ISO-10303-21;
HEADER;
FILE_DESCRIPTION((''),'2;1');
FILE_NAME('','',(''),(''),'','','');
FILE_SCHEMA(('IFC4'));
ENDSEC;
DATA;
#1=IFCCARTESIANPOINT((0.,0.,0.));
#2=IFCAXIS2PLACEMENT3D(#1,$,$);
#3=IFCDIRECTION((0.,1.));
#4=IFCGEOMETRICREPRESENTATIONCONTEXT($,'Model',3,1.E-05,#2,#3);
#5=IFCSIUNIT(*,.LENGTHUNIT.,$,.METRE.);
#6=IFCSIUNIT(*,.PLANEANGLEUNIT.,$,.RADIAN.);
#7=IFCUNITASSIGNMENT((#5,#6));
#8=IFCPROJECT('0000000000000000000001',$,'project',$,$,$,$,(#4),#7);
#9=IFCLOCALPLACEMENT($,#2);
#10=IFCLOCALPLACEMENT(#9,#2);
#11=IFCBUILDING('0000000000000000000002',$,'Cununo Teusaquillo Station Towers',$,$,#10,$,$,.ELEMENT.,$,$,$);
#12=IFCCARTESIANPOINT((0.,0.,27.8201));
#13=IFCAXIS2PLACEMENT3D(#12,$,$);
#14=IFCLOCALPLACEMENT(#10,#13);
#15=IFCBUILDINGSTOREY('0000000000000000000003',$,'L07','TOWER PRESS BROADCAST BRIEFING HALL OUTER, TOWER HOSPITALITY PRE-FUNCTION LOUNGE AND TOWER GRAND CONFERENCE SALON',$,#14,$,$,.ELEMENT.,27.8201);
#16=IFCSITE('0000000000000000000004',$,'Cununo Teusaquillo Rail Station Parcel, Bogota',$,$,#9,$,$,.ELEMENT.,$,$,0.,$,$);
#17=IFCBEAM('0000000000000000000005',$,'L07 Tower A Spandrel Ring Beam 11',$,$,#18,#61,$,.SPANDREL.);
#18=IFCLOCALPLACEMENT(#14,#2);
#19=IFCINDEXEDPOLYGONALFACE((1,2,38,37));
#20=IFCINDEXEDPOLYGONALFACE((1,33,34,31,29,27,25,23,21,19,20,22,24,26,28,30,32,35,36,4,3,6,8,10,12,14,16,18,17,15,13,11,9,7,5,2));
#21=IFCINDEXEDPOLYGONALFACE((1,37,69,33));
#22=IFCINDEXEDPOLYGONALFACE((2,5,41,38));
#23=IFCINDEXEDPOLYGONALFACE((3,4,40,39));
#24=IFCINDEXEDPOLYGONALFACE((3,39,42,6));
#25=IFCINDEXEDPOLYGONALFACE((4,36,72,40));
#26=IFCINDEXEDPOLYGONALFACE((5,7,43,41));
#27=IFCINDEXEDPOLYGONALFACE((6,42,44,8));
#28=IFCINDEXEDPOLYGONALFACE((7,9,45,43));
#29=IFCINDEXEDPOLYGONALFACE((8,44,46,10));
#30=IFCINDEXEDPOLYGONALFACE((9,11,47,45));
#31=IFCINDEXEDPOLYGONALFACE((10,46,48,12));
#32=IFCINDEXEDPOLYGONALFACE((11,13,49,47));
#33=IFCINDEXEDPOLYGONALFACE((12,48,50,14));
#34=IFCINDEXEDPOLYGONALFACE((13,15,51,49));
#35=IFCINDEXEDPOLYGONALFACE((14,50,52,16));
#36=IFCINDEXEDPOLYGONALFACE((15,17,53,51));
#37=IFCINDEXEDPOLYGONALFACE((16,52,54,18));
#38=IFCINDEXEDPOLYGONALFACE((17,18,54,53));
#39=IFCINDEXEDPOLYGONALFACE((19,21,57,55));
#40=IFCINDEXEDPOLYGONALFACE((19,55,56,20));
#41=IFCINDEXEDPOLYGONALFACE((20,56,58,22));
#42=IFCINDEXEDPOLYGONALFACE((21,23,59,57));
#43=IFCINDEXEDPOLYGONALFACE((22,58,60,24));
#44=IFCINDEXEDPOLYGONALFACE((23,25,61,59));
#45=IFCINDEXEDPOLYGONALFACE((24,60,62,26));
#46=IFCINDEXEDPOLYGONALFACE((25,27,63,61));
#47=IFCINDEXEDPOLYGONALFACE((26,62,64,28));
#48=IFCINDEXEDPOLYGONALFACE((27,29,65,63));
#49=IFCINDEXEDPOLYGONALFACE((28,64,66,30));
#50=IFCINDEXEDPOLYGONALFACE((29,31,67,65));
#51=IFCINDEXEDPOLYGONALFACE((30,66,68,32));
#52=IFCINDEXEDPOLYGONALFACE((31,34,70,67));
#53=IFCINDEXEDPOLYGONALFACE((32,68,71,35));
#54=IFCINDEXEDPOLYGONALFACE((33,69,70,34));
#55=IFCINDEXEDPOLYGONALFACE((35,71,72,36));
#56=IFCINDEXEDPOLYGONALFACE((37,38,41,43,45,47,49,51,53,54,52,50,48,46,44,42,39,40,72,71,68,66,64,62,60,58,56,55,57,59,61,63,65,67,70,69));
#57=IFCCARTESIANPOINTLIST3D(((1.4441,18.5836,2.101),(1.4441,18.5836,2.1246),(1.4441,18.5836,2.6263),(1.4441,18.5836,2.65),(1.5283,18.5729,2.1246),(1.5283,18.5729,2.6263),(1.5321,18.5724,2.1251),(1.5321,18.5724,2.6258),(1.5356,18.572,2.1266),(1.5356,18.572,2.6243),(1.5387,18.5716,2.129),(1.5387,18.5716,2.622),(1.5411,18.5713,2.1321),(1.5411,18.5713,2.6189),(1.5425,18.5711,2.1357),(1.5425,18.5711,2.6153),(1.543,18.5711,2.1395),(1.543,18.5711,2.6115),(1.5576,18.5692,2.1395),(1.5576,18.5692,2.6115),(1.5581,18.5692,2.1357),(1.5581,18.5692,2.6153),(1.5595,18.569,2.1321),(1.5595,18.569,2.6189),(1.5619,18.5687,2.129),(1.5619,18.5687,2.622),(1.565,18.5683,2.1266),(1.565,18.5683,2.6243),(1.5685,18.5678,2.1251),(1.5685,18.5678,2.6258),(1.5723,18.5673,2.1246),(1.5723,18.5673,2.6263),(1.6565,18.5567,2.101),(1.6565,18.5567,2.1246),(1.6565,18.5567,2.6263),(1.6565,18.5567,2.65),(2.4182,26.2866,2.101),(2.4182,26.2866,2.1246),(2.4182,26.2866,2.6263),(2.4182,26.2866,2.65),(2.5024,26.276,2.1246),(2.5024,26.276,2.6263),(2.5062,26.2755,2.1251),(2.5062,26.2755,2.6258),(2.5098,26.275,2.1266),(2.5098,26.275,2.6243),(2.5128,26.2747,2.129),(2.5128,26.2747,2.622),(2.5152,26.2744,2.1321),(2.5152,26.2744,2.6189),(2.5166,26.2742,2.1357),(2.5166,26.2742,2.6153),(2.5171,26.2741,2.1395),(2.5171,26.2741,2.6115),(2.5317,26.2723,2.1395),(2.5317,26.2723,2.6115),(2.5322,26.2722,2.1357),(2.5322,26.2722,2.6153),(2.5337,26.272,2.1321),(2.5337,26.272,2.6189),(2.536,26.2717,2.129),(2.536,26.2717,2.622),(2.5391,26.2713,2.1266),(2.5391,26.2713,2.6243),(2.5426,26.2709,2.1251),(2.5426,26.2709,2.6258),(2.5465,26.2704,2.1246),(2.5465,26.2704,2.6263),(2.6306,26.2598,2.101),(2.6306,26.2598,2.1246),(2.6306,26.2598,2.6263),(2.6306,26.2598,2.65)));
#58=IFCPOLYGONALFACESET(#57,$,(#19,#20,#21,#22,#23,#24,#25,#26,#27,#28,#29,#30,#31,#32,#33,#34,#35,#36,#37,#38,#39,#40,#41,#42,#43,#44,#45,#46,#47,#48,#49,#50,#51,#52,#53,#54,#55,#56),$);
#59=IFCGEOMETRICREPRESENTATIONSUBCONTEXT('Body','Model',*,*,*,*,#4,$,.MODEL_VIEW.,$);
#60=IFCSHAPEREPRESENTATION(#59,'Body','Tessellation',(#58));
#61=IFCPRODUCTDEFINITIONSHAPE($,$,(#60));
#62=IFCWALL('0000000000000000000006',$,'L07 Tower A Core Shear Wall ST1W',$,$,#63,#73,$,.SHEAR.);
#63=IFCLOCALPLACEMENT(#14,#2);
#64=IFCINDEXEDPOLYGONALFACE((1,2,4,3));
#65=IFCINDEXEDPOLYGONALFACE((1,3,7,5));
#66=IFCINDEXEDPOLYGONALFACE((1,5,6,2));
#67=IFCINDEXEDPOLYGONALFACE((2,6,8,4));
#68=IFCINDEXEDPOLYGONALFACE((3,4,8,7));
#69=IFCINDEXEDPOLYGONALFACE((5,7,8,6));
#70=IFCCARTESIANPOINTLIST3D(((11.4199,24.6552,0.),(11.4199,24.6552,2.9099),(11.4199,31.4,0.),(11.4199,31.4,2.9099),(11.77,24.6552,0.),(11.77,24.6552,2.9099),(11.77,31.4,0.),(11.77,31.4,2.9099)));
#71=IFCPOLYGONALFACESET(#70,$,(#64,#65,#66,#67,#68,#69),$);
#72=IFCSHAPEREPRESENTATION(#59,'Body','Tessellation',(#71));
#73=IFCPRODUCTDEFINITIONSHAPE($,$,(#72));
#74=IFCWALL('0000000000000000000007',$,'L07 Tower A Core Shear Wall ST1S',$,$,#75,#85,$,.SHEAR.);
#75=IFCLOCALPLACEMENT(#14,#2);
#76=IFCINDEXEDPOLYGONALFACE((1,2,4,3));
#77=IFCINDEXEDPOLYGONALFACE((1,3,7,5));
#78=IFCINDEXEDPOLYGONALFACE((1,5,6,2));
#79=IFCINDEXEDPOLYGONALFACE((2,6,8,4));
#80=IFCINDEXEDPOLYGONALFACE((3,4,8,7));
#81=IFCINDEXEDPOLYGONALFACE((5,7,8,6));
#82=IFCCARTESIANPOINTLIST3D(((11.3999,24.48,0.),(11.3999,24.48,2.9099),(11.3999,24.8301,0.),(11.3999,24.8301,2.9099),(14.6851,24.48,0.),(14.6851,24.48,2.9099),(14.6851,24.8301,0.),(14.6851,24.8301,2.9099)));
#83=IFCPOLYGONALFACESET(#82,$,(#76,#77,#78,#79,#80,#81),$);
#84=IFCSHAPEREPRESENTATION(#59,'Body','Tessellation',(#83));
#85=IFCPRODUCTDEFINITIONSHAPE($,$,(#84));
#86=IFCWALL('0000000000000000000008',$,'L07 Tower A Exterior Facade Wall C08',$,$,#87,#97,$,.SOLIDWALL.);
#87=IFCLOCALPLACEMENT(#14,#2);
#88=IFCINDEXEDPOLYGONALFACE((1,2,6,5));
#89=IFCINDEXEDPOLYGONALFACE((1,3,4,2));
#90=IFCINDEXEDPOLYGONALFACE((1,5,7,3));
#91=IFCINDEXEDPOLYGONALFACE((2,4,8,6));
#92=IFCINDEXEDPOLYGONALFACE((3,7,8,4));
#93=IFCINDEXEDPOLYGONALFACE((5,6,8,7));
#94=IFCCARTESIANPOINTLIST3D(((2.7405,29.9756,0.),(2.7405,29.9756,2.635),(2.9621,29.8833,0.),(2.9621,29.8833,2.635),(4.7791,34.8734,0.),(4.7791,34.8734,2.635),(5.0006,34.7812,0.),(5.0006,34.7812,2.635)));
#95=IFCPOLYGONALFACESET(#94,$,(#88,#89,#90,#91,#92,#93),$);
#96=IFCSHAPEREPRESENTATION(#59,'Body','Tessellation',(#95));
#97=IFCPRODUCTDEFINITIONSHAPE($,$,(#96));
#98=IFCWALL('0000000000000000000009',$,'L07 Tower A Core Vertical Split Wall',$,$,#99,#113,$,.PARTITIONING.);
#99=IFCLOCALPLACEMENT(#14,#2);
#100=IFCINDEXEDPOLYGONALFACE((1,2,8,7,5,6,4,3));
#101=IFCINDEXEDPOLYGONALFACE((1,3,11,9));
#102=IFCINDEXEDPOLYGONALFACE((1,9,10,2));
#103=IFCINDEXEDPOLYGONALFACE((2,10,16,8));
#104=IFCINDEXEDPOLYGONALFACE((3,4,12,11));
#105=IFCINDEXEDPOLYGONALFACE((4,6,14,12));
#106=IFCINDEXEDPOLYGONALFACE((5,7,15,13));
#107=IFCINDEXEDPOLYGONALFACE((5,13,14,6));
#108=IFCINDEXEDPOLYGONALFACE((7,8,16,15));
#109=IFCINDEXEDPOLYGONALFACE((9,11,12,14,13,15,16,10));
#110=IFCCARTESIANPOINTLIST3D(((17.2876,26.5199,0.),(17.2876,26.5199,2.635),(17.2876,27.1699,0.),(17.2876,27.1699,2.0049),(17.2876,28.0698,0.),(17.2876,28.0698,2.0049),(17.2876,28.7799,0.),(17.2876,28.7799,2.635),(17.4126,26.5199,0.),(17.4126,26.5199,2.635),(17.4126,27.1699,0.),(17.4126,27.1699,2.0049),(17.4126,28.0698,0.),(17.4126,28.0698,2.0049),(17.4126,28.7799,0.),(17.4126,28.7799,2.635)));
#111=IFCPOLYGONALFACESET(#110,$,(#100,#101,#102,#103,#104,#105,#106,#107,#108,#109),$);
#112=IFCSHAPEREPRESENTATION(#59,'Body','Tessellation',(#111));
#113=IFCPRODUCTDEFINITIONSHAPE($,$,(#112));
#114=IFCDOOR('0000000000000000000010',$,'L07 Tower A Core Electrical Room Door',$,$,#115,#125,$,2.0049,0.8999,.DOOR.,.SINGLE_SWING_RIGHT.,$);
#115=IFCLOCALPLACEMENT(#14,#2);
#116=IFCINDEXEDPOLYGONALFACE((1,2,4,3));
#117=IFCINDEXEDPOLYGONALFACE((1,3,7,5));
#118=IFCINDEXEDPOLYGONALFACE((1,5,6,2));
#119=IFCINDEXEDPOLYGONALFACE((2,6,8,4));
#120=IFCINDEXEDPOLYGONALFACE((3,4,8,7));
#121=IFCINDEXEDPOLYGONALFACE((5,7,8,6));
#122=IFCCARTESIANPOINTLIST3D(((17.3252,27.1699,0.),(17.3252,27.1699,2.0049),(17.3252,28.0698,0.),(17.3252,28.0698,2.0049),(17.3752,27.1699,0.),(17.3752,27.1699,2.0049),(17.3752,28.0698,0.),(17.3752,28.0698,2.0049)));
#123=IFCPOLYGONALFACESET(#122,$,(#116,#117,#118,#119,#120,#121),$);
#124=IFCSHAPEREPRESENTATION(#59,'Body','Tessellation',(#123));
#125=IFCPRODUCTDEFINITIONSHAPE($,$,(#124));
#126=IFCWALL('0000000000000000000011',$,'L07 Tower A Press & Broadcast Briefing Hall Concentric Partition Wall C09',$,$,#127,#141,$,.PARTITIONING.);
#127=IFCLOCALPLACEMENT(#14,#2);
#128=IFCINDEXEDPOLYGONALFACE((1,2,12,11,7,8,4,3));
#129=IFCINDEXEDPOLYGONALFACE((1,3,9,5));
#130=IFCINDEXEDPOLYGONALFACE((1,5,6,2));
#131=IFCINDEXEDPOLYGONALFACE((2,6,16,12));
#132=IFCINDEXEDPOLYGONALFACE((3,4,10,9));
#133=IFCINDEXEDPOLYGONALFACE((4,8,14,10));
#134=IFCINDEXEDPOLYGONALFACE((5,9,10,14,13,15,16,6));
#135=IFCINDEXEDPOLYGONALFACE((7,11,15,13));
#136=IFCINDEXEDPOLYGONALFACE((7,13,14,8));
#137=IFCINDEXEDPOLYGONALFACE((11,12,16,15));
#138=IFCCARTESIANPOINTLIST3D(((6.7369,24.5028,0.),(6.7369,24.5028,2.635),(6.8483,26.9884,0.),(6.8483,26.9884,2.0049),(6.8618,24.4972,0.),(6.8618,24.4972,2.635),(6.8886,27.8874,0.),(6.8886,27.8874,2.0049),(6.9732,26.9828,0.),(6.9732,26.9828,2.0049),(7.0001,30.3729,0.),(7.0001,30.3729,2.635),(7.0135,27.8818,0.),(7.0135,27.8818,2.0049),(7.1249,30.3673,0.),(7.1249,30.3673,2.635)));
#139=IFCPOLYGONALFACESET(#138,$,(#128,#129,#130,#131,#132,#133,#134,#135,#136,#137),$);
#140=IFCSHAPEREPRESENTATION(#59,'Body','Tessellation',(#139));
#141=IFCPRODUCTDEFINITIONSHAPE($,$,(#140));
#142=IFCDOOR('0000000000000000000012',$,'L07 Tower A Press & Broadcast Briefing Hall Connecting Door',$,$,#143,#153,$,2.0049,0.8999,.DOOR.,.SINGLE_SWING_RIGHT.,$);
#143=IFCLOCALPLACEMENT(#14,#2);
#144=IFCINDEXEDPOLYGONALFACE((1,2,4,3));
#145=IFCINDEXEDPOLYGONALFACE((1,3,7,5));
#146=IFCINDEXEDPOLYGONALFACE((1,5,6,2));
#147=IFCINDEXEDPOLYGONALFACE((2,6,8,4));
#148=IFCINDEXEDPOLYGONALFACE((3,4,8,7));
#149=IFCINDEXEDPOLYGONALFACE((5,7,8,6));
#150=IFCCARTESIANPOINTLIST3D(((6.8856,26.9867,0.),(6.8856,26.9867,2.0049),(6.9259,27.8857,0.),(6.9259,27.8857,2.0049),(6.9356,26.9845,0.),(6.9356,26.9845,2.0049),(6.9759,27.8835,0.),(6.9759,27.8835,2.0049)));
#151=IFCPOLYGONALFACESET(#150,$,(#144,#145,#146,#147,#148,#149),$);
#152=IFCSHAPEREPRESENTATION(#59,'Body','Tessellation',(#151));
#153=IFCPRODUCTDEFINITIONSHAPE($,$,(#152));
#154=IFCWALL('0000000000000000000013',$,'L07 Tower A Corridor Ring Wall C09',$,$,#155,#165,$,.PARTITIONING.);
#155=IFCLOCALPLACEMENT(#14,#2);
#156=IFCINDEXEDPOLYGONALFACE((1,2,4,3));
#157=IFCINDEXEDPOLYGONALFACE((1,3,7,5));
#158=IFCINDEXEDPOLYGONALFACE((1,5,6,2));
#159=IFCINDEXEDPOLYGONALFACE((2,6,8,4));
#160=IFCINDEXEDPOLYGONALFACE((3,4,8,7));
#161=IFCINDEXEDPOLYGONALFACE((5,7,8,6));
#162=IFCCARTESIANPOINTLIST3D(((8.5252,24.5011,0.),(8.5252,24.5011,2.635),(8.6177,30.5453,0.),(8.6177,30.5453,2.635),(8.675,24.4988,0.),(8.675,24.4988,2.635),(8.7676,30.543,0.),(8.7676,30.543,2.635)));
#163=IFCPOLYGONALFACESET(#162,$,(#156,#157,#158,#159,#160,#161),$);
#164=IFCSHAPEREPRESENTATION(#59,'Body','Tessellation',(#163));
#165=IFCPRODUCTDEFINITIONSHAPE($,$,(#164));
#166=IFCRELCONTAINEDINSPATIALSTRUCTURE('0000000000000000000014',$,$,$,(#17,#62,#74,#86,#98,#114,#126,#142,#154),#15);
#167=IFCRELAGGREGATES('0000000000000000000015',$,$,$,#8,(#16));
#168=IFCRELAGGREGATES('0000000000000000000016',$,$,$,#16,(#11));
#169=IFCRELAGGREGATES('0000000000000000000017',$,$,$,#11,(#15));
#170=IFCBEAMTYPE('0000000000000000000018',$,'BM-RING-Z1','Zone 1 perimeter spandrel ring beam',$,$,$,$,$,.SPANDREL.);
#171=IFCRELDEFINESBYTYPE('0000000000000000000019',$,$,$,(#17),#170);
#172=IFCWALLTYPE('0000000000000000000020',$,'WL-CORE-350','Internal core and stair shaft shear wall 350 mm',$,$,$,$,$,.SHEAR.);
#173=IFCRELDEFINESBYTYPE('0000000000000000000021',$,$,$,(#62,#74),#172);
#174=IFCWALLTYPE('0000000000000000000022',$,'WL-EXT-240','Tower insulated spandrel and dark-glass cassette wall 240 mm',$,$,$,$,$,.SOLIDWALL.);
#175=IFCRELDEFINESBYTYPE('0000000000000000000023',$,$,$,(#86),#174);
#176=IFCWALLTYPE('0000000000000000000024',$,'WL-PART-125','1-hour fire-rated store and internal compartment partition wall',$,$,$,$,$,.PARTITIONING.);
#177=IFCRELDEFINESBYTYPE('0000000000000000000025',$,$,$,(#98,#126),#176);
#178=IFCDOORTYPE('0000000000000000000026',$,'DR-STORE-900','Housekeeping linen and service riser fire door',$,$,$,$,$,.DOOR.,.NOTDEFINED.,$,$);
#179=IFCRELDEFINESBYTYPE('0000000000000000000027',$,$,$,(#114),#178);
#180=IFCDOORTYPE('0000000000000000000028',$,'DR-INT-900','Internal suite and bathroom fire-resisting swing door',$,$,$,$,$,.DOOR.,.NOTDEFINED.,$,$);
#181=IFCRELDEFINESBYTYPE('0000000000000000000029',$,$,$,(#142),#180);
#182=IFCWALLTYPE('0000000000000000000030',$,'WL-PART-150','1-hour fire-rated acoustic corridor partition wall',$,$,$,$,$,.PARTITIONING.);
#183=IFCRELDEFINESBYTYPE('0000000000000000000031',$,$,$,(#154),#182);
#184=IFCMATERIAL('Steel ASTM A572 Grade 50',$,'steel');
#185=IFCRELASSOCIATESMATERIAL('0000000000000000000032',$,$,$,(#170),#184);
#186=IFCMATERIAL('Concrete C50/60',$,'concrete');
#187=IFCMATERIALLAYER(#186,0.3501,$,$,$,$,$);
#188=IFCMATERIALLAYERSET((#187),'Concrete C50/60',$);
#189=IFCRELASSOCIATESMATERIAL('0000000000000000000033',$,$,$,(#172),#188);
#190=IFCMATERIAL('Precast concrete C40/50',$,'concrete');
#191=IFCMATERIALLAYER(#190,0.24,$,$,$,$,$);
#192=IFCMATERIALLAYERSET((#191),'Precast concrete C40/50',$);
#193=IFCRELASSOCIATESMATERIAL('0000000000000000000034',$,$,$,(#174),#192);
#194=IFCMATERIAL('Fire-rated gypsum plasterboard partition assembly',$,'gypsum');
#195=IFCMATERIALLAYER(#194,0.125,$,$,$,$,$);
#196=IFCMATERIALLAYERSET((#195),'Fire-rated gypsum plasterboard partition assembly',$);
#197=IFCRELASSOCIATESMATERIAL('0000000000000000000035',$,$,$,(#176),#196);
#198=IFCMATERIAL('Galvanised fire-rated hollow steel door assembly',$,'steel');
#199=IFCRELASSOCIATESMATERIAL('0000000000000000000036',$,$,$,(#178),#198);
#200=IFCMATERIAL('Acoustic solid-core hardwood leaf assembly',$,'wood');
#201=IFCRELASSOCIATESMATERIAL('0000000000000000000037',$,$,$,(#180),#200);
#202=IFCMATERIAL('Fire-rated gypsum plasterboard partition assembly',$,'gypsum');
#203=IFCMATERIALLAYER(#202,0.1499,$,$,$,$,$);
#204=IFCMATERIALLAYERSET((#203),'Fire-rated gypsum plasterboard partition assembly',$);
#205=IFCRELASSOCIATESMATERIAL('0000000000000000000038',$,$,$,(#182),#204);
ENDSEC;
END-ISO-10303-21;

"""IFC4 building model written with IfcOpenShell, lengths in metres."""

from ifc_helpers import new_model, si_unit, direction, frame, frame_2d, origin, origin_2d, place, context, subcontext, project, spatial, rectangle, i_section, extrude, source, transform, mapped, material, layer, layer_set, material_profile, profile_set, type_object, element, fill, save


model = new_model("IFC4")

# Units and contexts
model_context = context("Model", 3, precision=1e-05, world=origin(), true_north=direction((0.0, 1.0)))
body_context = subcontext(model_context, "Body", "Model", "MODEL_VIEW")
ifc_project = project(units=[si_unit("LENGTHUNIT", "METRE"), si_unit("PLANEANGLEUNIT", "RADIAN")], contexts=[model_context])

# Site, building, storey
site_placement = place(None, origin())
site = spatial("IfcSite", under=ifc_project, at=site_placement, Name="Cununo Teusaquillo Rail Station Parcel, Bogota", CompositionType="ELEMENT", RefElevation=0.0)
building_placement = place(site_placement, origin())
building = spatial("IfcBuilding", under=site, at=building_placement, Name="Cununo Teusaquillo Station Towers", CompositionType="ELEMENT")
storey_placement = place(building_placement, frame((0.0, 0.0, 27.8201)))
storey = spatial("IfcBuildingStorey", under=building, at=storey_placement, Name="L07", Description="TOWER PRESS BROADCAST BRIEFING HALL OUTER, TOWER HOSPITALITY PRE-FUNCTION LOUNGE AND TOWER GRAND CONFERENCE SALON", CompositionType="ELEMENT", Elevation=27.8201)

# Beam
ifc_material_1 = material(Name="Steel ASTM A572 Grade 50", Category="steel")
ifc_material_profile_1 = material_profile(ifc_material_1, i_section(OverallWidth=0.2141, OverallDepth=0.5491, WebThickness=0.0146, FlangeThickness=0.0237, FilletRadius=0.0149, at=origin_2d()), Name="W21X93")
ifc_profile_set_1 = profile_set([ifc_material_profile_1], Name="Steel ASTM A572 Grade 50")
beam_type_1 = type_object("IfcBeamType", Name="BM-RING-Z1", Description="Zone 1 perimeter spandrel ring beam", PredefinedType="SPANDREL", material=ifc_profile_set_1)
beam_1_placement = place(storey_placement, frame((2.5244, 26.2732, 2.3755), z_axis=(-0.125459, -0.992099, 0.0), x_axis=(0.992099, -0.125459, 0.0)))
element("IfcBeam", 1, at=beam_1_placement, inside=storey, type_object=beam_type_1, Name="L07 Tower A Spandrel Ring Beam 11", PredefinedType="SPANDREL", context=body_context, shape_type="SweptSolid", body=[
    extrude(i_section(OverallWidth=0.2141, OverallDepth=0.5491, WebThickness=0.0146, FlangeThickness=0.0237, FilletRadius=0.0149, at=origin_2d()), origin(), (0.0, 0.0, 1.0), 7.7644),
])

# Walls
ifc_material_2 = material(Name="Concrete C50/60", Category="concrete")
ifc_layer_1 = layer(ifc_material_2, 0.3501)
ifc_layer_set_1 = layer_set([ifc_layer_1], Name="Concrete C50/60")
wall_type_1 = type_object("IfcWallType", Name="WL-CORE-350", Description="Internal core and stair shaft shear wall 350 mm", PredefinedType="SHEAR", material=ifc_layer_set_1)
wall_1_placement = place(storey_placement, frame((11.595, 24.655, 0.0), z_axis=(0.0, 0.0, 1.0), x_axis=(0.0, 1.0, 0.0)))
element("IfcWall", 2, at=wall_1_placement, inside=storey, type_object=wall_type_1, Name="L07 Tower A Core Shear Wall ST1W", PredefinedType="SHEAR", context=body_context, shape_type="SweptSolid", body=[
    extrude(rectangle(XDim=6.7449, YDim=0.3501, at=frame_2d((3.3726, 0.0))), origin(), (0.0, 0.0, 1.0), 2.9099),
])
wall_2_placement = place(storey_placement, frame((11.3999, 24.655, 0.0), z_axis=(0.0, 0.0, 1.0), x_axis=(1.0, 0.0, 0.0)))
element("IfcWall", 3, at=wall_2_placement, inside=storey, type_object=wall_type_1, Name="L07 Tower A Core Shear Wall ST1S", PredefinedType="SHEAR", context=body_context, shape_type="SweptSolid", body=[
    extrude(rectangle(XDim=3.2852, YDim=0.3501, at=frame_2d((1.6426, 0.0))), origin(), (0.0, 0.0, 1.0), 2.9099),
])
ifc_material_3 = material(Name="Precast concrete C40/50", Category="concrete")
ifc_layer_2 = layer(ifc_material_3, 0.24)
ifc_layer_set_2 = layer_set([ifc_layer_2], Name="Precast concrete C40/50")
wall_type_2 = type_object("IfcWallType", Name="WL-EXT-240", Description="Tower insulated spandrel and dark-glass cassette wall 240 mm", PredefinedType="SOLIDWALL", material=ifc_layer_set_2)
wall_3_placement = place(storey_placement, frame((2.8513, 29.9294, 0.0), z_axis=(0.0, 0.0, 1.0), x_axis=(0.384256, 0.923227, 0.0)))
element("IfcWall", 4, at=wall_3_placement, inside=storey, type_object=wall_type_2, Name="L07 Tower A Exterior Facade Wall C08", PredefinedType="SOLIDWALL", context=body_context, shape_type="SweptSolid", body=[
    extrude(rectangle(XDim=5.3052, YDim=0.24, at=frame_2d((2.6526, 0.0))), origin(), (0.0, 0.0, 1.0), 2.635),
])

# Walls, openings, doors
ifc_material_4 = material(Name="Fire-rated gypsum plasterboard partition assembly", Category="gypsum")
ifc_layer_3 = layer(ifc_material_4, 0.125)
ifc_layer_set_3 = layer_set([ifc_layer_3], Name="Fire-rated gypsum plasterboard partition assembly")
wall_type_3 = type_object("IfcWallType", Name="WL-PART-125", Description="1-hour fire-rated store and internal compartment partition wall", PredefinedType="PARTITIONING", material=ifc_layer_set_3)
wall_4_placement = place(storey_placement, frame((17.3501, 26.52, 0.0), z_axis=(0.0, 0.0, 1.0), x_axis=(0.0, 1.0, 0.0)))
wall_4 = element("IfcWall", 5, at=wall_4_placement, inside=storey, type_object=wall_type_3, Name="L07 Tower A Core Vertical Split Wall", PredefinedType="PARTITIONING", context=body_context, shape_type="SweptSolid", body=[
    extrude(rectangle(XDim=2.26, YDim=0.125, at=frame_2d((1.1299, 0.0))), origin(), (0.0, 0.0, 1.0), 2.635),
])
shared_shape_1 = source(origin(), body_context, "Body", "SweptSolid", [
    extrude(rectangle(XDim=0.8999, YDim=2.0049, at=frame_2d((0.45, 1.0024))), frame((0.0, 0.0725, 0.0), z_axis=(0.0, -1.0, 0.0), x_axis=(1.0, 0.0, 0.0)), (0.0, 0.0, 1.0), 0.145),
])
opening_1_placement = place(wall_4_placement, frame((0.6499, 0.0, 0.0)))
opening_1 = element("IfcOpeningElement", 6, at=opening_1_placement, cuts=wall_4, PredefinedType="OPENING", context=body_context, shape_type="MappedRepresentation", body=[
    mapped(shared_shape_1, transform((0.0, 0.0, 0.0), x_axis=(1.0, 0.0, 0.0), y_axis=(0.0, 1.0, 0.0), z_axis=(0.0, 0.0, 1.0), scale=1.0)),
])
ifc_material_5 = material(Name="Galvanised fire-rated hollow steel door assembly", Category="steel")
door_type_1 = type_object("IfcDoorType", Name="DR-STORE-900", Description="Housekeeping linen and service riser fire door", OperationType="NOTDEFINED", PredefinedType="DOOR", material=ifc_material_5)
shared_shape_2 = source(origin(), body_context, "Body", "SweptSolid", [
    extrude(rectangle(XDim=0.8999, YDim=2.0049, at=frame_2d((0.45, 1.0024))), frame((0.0, 0.0249, 0.0), z_axis=(0.0, -1.0, 0.0), x_axis=(1.0, 0.0, 0.0)), (0.0, 0.0, 1.0), 0.05),
])
door_1_placement = place(opening_1_placement, origin())
door_1 = element("IfcDoor", 7, at=door_1_placement, inside=storey, type_object=door_type_1, Name="L07 Tower A Core Electrical Room Door", OperationType="SINGLE_SWING_RIGHT", OverallHeight=2.0049, OverallWidth=0.8999, PredefinedType="DOOR", context=body_context, shape_type="MappedRepresentation", body=[
    mapped(shared_shape_2, transform((0.0, 0.0, 0.0), x_axis=(1.0, 0.0, 0.0), y_axis=(0.0, 1.0, 0.0), z_axis=(0.0, 0.0, 1.0), scale=1.0)),
])
fill(opening_1, door_1)
wall_5_placement = place(storey_placement, frame((7.0625, 30.3701, 0.0), z_axis=(0.0, 0.0, 1.0), x_axis=(-0.044789, -0.998996, 0.0)))
wall_5 = element("IfcWall", 8, at=wall_5_placement, inside=storey, type_object=wall_type_3, Name="L07 Tower A Press & Broadcast Briefing Hall Concentric Partition Wall C09", PredefinedType="PARTITIONING", context=body_context, shape_type="SweptSolid", body=[
    extrude(rectangle(XDim=5.876, YDim=0.125, at=frame_2d((2.938, 0.0))), origin(), (0.0, 0.0, 1.0), 2.635),
])
opening_2_placement = place(wall_5_placement, frame((2.488, 0.0, 0.0)))
opening_2 = element("IfcOpeningElement", 9, at=opening_2_placement, cuts=wall_5, PredefinedType="OPENING", context=body_context, shape_type="MappedRepresentation", body=[
    mapped(shared_shape_1, transform((0.0, 0.0, 0.0), x_axis=(1.0, 0.0, 0.0), y_axis=(0.0, 1.0, 0.0), z_axis=(0.0, 0.0, 1.0), scale=1.0)),
])
ifc_material_6 = material(Name="Acoustic solid-core hardwood leaf assembly", Category="wood")
door_type_2 = type_object("IfcDoorType", Name="DR-INT-900", Description="Internal suite and bathroom fire-resisting swing door", OperationType="NOTDEFINED", PredefinedType="DOOR", material=ifc_material_6)
door_2_placement = place(opening_2_placement, origin())
door_2 = element("IfcDoor", 10, at=door_2_placement, inside=storey, type_object=door_type_2, Name="L07 Tower A Press & Broadcast Briefing Hall Connecting Door", OperationType="SINGLE_SWING_RIGHT", OverallHeight=2.0049, OverallWidth=0.8999, PredefinedType="DOOR", context=body_context, shape_type="MappedRepresentation", body=[
    mapped(shared_shape_2, transform((0.0, 0.0, 0.0), x_axis=(1.0, 0.0, 0.0), y_axis=(0.0, 1.0, 0.0), z_axis=(0.0, 0.0, 1.0), scale=1.0)),
])
fill(opening_2, door_2)

# Wall
ifc_material_7 = material(Name="Fire-rated gypsum plasterboard partition assembly", Category="gypsum")
ifc_layer_4 = layer(ifc_material_7, 0.1499)
ifc_layer_set_4 = layer_set([ifc_layer_4], Name="Fire-rated gypsum plasterboard partition assembly")
wall_type_4 = type_object("IfcWallType", Name="WL-PART-150", Description="1-hour fire-rated acoustic corridor partition wall", PredefinedType="PARTITIONING", material=ifc_layer_set_4)
wall_6_placement = place(storey_placement, frame((8.6926, 30.5442, 0.0), z_axis=(0.0, 0.0, 1.0), x_axis=(-0.015307, -0.999883, 0.0)))
element("IfcWall", 11, at=wall_6_placement, inside=storey, type_object=wall_type_4, Name="L07 Tower A Corridor Ring Wall C09", PredefinedType="PARTITIONING", context=body_context, shape_type="SweptSolid", body=[
    extrude(rectangle(XDim=6.0449, YDim=0.1499, at=frame_2d((3.0225, 0.0))), origin(), (0.0, 0.0, 1.0), 2.635),
])

save(model, "model.ifc")
